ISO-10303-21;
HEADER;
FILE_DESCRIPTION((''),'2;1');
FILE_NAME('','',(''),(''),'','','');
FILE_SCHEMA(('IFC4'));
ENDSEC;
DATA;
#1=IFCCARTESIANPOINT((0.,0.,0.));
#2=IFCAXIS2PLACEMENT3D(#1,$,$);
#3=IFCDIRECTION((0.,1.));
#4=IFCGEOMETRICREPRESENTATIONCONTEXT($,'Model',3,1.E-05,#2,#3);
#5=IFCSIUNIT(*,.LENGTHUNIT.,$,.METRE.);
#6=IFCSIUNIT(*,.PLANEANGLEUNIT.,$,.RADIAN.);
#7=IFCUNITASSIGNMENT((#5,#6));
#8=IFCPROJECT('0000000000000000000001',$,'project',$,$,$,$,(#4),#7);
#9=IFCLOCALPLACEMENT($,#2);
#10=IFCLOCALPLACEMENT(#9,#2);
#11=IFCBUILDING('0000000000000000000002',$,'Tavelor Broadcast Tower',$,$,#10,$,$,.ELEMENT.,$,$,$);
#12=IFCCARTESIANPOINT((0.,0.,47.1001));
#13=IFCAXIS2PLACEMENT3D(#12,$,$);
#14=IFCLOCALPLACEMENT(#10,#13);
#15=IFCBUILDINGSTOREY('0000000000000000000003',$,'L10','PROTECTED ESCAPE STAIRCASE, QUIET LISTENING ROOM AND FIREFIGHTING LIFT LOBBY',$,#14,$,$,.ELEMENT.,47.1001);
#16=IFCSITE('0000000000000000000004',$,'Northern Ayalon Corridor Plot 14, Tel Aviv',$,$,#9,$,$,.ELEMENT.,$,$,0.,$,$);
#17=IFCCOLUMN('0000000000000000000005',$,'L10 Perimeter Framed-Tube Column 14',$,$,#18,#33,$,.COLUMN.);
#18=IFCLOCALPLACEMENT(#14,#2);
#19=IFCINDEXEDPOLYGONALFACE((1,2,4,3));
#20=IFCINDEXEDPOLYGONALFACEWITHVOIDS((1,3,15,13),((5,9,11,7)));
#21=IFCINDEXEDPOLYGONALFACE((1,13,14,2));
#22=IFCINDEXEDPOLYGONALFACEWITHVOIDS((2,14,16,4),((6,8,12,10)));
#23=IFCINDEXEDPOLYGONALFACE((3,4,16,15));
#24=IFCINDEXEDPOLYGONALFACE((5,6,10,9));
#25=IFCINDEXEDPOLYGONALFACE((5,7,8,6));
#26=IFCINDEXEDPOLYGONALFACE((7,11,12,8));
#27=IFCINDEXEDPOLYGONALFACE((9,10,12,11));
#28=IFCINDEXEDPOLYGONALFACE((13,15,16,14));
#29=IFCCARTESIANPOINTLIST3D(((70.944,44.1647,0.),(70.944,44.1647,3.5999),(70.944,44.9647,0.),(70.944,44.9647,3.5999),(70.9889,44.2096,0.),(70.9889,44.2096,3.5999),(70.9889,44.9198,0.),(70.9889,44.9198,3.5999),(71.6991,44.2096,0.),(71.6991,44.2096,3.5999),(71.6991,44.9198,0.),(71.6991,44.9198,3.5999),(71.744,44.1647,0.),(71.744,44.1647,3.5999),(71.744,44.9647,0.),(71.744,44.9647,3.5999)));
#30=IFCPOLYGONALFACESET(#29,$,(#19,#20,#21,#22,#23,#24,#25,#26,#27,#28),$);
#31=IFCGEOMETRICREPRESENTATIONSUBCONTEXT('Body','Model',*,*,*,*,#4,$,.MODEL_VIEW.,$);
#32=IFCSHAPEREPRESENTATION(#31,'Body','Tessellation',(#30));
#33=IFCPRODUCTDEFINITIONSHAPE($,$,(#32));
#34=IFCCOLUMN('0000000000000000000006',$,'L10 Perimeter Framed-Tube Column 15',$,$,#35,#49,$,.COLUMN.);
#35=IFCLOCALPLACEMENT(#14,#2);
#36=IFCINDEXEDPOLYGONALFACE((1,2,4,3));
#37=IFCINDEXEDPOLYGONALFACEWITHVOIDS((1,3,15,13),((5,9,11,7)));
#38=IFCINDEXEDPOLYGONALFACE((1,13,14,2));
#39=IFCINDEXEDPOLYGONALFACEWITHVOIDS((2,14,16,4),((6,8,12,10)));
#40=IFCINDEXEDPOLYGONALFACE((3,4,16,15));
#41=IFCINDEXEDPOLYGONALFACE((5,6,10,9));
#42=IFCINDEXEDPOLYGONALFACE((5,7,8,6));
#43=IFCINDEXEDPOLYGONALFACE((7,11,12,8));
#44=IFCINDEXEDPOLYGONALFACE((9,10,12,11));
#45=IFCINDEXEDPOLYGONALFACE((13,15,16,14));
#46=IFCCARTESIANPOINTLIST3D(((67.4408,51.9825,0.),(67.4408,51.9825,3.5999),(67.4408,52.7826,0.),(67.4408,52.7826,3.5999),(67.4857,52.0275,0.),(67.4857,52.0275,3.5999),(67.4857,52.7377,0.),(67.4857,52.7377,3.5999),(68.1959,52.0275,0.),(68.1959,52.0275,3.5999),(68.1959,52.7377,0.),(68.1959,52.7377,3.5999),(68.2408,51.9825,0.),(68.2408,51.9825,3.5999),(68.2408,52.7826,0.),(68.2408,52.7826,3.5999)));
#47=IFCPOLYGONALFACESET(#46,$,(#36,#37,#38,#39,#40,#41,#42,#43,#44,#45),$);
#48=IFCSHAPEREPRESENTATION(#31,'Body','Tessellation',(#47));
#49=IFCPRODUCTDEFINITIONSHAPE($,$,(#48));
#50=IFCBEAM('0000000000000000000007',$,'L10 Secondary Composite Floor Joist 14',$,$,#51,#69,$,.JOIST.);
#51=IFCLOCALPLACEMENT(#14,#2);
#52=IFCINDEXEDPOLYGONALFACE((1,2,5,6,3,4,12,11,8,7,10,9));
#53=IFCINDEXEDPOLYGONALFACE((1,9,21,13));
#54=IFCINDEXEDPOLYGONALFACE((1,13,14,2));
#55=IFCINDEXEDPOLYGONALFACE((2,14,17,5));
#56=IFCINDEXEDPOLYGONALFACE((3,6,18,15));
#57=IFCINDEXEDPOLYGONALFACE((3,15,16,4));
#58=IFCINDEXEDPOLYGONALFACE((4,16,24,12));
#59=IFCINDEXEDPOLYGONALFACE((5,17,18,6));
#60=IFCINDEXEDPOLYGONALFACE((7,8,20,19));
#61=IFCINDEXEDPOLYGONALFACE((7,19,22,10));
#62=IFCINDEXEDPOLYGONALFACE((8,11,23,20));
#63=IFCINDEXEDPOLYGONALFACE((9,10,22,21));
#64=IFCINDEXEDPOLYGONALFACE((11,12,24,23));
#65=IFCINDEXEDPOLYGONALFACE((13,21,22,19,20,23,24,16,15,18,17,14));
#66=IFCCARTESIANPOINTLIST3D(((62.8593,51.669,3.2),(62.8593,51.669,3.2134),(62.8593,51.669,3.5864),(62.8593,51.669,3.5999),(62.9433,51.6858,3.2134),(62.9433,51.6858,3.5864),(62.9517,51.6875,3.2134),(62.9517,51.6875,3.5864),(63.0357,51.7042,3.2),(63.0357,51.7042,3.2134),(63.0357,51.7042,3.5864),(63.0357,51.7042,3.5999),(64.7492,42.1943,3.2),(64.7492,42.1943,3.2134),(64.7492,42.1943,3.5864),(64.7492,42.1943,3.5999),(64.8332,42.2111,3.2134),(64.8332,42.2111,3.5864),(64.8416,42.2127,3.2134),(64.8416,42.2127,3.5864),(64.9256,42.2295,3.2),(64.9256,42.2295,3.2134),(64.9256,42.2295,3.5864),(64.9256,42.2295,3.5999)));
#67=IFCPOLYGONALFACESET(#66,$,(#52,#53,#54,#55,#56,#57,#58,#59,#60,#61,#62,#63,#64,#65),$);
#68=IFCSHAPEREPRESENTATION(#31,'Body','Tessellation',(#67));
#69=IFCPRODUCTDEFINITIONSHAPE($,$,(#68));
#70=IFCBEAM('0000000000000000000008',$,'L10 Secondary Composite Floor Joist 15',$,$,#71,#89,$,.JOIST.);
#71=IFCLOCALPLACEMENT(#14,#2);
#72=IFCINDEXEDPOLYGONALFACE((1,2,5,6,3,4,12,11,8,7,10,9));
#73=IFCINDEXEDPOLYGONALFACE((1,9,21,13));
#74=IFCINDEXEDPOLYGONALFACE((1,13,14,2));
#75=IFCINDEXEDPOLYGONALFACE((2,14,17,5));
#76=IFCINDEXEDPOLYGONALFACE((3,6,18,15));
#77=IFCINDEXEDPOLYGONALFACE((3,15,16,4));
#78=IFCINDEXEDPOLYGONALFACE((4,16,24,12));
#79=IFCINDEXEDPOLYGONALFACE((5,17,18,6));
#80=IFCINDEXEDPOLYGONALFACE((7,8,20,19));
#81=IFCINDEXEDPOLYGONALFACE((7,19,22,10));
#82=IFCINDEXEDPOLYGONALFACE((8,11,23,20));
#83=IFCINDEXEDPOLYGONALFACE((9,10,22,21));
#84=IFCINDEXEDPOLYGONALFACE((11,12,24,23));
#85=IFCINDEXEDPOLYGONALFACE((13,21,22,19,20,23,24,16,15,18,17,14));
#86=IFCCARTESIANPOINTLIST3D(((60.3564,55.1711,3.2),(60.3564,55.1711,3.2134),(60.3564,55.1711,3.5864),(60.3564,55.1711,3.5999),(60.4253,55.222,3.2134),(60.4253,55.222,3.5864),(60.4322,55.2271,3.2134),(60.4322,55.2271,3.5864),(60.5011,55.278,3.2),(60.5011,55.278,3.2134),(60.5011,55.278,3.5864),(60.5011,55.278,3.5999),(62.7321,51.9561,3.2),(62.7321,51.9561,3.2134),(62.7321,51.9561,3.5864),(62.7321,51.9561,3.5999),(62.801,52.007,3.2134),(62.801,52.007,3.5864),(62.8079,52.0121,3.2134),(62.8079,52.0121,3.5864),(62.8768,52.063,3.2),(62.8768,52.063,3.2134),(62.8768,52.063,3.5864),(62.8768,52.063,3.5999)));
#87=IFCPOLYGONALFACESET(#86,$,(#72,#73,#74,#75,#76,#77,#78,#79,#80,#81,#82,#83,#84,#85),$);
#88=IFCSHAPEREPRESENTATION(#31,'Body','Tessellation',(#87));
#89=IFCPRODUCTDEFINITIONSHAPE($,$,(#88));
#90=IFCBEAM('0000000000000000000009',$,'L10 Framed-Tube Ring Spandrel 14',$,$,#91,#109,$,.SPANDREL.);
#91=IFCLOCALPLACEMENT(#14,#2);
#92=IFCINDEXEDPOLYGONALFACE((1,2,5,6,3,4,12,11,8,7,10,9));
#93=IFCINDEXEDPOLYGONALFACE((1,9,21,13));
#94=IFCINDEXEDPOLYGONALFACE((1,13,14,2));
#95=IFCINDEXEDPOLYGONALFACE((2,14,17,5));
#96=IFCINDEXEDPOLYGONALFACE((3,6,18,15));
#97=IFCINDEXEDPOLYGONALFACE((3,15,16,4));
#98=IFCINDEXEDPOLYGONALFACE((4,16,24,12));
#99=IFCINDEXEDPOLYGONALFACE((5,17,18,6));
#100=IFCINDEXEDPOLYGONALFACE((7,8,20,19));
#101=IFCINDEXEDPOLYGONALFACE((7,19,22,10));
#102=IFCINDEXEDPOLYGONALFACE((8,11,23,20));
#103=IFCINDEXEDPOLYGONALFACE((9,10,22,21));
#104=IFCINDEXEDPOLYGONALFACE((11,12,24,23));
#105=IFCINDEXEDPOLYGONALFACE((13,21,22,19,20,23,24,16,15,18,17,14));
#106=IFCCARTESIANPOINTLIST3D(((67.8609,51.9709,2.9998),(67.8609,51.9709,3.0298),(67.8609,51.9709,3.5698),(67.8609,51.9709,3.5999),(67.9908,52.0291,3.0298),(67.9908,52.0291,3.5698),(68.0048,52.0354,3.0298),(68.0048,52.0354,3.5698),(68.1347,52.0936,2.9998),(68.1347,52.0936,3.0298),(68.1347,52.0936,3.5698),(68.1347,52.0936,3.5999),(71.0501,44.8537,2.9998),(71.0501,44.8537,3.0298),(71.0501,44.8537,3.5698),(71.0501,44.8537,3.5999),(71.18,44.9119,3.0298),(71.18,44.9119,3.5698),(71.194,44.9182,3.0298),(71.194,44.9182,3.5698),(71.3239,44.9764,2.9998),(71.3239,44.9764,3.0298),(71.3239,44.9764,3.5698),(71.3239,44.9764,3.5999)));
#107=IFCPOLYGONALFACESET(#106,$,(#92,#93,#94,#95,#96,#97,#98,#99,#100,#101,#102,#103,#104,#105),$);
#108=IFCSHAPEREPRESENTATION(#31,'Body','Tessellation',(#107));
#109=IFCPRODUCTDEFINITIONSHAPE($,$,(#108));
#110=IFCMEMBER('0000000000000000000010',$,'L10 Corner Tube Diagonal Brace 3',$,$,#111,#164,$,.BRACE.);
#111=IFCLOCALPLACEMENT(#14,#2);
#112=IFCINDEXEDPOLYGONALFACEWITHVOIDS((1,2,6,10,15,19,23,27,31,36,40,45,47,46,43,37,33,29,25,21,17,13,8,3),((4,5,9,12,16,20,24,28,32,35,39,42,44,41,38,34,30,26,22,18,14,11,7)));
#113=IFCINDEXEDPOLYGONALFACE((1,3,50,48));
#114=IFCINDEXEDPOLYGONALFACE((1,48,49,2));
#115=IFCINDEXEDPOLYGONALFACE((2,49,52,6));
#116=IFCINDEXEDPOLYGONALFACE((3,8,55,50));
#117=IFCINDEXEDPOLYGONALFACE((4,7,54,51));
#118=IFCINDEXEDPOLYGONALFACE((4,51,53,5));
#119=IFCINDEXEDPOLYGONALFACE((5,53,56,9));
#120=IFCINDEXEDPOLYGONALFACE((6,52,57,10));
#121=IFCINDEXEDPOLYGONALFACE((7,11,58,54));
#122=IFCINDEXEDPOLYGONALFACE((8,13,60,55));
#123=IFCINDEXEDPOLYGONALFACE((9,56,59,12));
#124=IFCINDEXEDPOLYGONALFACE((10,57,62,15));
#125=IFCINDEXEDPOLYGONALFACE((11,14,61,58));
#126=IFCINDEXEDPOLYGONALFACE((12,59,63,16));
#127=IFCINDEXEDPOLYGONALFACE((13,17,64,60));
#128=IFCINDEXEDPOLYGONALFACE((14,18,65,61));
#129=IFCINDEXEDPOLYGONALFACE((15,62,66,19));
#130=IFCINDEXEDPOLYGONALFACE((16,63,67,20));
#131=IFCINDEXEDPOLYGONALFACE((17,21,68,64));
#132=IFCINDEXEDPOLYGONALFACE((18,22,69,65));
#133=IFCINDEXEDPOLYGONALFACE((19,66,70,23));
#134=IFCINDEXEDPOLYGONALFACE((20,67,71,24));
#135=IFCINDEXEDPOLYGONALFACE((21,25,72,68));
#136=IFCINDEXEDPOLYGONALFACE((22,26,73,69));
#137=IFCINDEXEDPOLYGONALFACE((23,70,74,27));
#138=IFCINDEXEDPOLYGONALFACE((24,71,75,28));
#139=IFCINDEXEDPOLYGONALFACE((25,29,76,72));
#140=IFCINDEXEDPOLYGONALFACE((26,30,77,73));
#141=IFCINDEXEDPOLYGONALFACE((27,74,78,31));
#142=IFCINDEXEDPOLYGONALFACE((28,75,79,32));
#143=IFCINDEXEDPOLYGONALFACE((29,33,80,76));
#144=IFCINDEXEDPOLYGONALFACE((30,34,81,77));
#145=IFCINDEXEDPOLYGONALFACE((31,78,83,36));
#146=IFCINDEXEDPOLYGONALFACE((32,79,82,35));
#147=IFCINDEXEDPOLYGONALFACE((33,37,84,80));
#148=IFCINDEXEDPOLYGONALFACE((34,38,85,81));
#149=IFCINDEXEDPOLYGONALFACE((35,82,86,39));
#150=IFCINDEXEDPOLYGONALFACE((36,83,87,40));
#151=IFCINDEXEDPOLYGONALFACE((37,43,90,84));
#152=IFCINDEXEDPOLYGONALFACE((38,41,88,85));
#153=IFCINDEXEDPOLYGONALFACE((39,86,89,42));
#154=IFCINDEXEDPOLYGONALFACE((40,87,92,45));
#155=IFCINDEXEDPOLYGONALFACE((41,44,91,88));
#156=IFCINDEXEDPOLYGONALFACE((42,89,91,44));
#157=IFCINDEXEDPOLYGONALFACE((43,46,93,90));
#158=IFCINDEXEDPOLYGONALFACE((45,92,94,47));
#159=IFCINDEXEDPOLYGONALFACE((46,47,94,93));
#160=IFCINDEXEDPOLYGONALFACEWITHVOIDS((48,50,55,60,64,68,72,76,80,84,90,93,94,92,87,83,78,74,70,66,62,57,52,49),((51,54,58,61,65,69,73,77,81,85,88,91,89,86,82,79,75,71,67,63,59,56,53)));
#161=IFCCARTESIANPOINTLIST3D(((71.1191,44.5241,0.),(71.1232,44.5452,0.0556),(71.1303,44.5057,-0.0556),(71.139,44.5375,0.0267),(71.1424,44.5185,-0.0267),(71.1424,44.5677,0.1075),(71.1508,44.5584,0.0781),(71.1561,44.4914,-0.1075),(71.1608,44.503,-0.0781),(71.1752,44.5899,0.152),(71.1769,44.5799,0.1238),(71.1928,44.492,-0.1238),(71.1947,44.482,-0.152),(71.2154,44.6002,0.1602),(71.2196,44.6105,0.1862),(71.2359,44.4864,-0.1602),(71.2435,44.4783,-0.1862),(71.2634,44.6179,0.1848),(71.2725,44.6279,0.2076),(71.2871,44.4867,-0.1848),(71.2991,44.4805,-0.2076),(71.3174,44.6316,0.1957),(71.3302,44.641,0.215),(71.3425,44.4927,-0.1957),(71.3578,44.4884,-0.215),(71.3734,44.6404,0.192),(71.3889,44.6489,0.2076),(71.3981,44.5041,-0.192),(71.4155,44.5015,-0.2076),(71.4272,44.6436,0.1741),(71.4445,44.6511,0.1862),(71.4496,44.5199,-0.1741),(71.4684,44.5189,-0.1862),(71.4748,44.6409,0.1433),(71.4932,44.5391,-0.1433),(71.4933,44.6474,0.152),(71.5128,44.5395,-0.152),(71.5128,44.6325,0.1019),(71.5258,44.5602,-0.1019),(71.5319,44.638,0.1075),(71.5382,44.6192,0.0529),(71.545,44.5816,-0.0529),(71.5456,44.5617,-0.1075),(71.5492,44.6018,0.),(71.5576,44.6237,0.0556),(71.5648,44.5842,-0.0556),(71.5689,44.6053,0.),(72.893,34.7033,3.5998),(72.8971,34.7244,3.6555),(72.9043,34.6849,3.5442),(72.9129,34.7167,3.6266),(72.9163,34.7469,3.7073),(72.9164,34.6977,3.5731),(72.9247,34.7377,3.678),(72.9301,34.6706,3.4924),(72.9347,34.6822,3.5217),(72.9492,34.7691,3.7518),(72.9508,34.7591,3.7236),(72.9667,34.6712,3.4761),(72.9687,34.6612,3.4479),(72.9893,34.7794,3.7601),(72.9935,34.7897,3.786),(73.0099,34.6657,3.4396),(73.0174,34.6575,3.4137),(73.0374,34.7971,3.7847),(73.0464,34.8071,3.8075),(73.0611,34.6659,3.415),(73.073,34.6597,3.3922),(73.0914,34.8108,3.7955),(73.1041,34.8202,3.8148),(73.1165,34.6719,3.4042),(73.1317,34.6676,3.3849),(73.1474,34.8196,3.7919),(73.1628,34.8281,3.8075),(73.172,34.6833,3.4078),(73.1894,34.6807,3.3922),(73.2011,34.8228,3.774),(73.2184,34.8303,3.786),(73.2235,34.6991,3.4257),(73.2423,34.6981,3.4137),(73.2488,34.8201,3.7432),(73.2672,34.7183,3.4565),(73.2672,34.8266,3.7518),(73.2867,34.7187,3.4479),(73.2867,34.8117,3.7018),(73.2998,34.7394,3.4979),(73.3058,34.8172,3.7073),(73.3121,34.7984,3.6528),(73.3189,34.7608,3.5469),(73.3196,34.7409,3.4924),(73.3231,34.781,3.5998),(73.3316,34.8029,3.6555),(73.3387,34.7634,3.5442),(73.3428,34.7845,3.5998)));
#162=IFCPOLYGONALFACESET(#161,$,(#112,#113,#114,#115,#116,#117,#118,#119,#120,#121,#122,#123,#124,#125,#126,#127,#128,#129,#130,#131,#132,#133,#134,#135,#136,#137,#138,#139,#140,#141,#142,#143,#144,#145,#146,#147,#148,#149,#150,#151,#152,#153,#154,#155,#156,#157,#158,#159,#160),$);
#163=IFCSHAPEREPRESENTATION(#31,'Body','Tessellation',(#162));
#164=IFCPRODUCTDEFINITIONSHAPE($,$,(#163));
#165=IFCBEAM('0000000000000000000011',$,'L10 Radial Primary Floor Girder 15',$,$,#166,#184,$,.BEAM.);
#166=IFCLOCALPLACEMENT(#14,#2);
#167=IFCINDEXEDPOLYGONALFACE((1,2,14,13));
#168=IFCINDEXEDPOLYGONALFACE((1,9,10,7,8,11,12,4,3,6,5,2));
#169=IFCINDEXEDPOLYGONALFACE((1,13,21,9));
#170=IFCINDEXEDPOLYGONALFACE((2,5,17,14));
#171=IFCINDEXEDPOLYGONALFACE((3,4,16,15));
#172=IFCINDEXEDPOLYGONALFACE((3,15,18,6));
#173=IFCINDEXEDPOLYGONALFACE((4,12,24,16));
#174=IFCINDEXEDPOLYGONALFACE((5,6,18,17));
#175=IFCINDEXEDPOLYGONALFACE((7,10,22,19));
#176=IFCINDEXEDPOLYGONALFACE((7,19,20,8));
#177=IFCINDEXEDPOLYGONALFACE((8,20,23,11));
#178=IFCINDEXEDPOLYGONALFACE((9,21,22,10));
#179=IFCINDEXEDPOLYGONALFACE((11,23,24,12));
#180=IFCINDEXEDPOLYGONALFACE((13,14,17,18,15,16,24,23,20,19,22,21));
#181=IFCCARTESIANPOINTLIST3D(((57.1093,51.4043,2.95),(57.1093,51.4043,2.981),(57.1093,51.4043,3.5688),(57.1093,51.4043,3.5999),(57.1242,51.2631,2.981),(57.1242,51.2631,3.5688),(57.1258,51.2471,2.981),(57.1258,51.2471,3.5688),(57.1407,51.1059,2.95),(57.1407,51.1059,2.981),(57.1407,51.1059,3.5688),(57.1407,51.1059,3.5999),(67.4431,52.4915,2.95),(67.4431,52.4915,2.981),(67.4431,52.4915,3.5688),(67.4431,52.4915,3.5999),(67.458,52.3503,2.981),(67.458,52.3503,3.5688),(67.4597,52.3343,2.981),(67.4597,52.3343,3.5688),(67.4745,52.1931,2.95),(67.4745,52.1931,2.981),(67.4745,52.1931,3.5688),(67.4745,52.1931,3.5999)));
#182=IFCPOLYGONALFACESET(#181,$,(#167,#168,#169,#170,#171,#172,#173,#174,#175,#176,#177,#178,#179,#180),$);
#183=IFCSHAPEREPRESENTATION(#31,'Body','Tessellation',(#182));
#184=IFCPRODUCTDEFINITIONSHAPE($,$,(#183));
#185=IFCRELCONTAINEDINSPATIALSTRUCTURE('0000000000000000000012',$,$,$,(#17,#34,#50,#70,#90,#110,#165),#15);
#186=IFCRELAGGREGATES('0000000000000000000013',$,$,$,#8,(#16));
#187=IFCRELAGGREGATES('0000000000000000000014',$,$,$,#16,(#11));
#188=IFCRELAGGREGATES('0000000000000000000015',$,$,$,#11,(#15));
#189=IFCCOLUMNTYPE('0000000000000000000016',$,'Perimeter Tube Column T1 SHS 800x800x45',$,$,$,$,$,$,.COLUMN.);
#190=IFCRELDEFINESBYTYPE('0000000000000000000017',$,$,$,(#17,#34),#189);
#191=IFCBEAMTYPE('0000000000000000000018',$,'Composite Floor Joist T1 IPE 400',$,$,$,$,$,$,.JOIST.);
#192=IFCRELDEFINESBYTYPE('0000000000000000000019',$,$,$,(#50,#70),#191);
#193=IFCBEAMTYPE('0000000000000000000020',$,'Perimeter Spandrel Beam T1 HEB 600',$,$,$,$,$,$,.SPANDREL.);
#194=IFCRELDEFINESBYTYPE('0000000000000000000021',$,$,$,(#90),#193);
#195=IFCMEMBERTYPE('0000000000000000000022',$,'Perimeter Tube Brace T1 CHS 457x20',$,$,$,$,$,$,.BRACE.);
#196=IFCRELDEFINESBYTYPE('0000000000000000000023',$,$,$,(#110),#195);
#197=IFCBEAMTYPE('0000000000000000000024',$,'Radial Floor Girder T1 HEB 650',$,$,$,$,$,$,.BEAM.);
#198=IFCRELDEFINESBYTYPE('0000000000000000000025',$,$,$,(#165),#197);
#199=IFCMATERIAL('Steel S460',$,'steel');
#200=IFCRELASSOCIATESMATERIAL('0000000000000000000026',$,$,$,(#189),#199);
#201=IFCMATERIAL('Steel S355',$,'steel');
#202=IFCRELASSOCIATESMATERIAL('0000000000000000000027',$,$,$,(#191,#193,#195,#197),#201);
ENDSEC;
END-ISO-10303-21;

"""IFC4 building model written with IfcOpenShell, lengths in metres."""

from ifc_helpers import new_model, si_unit, direction, frame, origin, origin_2d, place, context, subcontext, project, spatial, hollow_rectangle, hollow_circle, i_section, extrude, material, material_profile, profile_set, type_object, element, save


model = new_model("IFC4")

# Units and contexts
model_context = context("Model", 3, precision=1e-05, world=origin(), true_north=direction((0.0, 1.0)))
body_context = subcontext(model_context, "Body", "Model", "MODEL_VIEW")
ifc_project = project(units=[si_unit("LENGTHUNIT", "METRE"), si_unit("PLANEANGLEUNIT", "RADIAN")], contexts=[model_context])

# Site, building, storey
site_placement = place(None, origin())
site = spatial("IfcSite", under=ifc_project, at=site_placement, Name="Northern Ayalon Corridor Plot 14, Tel Aviv", CompositionType="ELEMENT", RefElevation=0.0)
building_placement = place(site_placement, origin())
building = spatial("IfcBuilding", under=site, at=building_placement, Name="Tavelor Broadcast Tower", CompositionType="ELEMENT")
storey_placement = place(building_placement, frame((0.0, 0.0, 47.1001)))
storey = spatial("IfcBuildingStorey", under=building, at=storey_placement, Name="L10", Description="PROTECTED ESCAPE STAIRCASE, QUIET LISTENING ROOM AND FIREFIGHTING LIFT LOBBY", CompositionType="ELEMENT", Elevation=47.1001)

# Columns
ifc_material_1 = material(Name="Steel S460", Category="steel")
ifc_material_profile_1 = material_profile(ifc_material_1, hollow_rectangle(XDim=0.8, YDim=0.8, WallThickness=0.0449, at=origin_2d()), Name="SHS 800x800x45")
ifc_profile_set_1 = profile_set([ifc_material_profile_1], Name="Steel S460")
column_type = type_object("IfcColumnType", Name="Perimeter Tube Column T1 SHS 800x800x45", PredefinedType="COLUMN", material=ifc_profile_set_1)
for number, where, z_axis, x_axis, name in (
    (1, (71.344, 44.5647, 0.0), (0.0, 0.0, 1.0), (1.0, 0.0, 0.0), "L10 Perimeter Framed-Tube Column 14"),
    (2, (67.8408, 52.3826, 0.0), (0.0, 0.0, 1.0), (1.0, 0.0, 0.0), "L10 Perimeter Framed-Tube Column 15"),
):
    element("IfcColumn", number, at=place(storey_placement, frame(where, z_axis=z_axis, x_axis=x_axis)), inside=storey, type_object=column_type, Name=name, PredefinedType="COLUMN", context=body_context, shape_type="SweptSolid", body=[
        extrude(hollow_rectangle(XDim=0.8, YDim=0.8, WallThickness=0.0449, at=origin_2d()), origin(), (0.0, 0.0, 1.0), 3.5999),
    ])

# Beams
ifc_material_2 = material(Name="Steel S355", Category="steel")
ifc_material_profile_2 = material_profile(ifc_material_2, i_section(OverallWidth=0.1799, OverallDepth=0.3999, WebThickness=0.0085, FlangeThickness=0.0134, at=origin_2d()), Name="IPE 400")
ifc_profile_set_2 = profile_set([ifc_material_profile_2], Name="Steel S355")
beam_type_1 = type_object("IfcBeamType", Name="Composite Floor Joist T1 IPE 400", PredefinedType="JOIST", material=ifc_profile_set_2)
beam_1_placement = place(storey_placement, frame((64.8374, 42.2119, 3.3999), z_axis=(-0.195616, 0.980681, 0.0), x_axis=(-0.980681, -0.195616, 0.0)))
element("IfcBeam", 3, at=beam_1_placement, inside=storey, type_object=beam_type_1, Name="L10 Secondary Composite Floor Joist 14", PredefinedType="JOIST", context=body_context, shape_type="SweptSolid", body=[
    extrude(i_section(OverallWidth=0.1799, OverallDepth=0.3999, WebThickness=0.0085, FlangeThickness=0.0134, at=origin_2d()), origin(), (0.0, 0.0, 1.0), 9.6614),
])
beam_2_placement = place(storey_placement, frame((62.8044, 52.0095, 3.3999), z_axis=(-0.594288, 0.804252, 0.0), x_axis=(-0.804252, -0.594288, 0.0)))
element("IfcBeam", 4, at=beam_2_placement, inside=storey, type_object=beam_type_1, Name="L10 Secondary Composite Floor Joist 15", PredefinedType="JOIST", context=body_context, shape_type="SweptSolid", body=[
    extrude(i_section(OverallWidth=0.1799, OverallDepth=0.3999, WebThickness=0.0085, FlangeThickness=0.0134, at=origin_2d()), origin(), (0.0, 0.0, 1.0), 3.9976),
])
ifc_material_profile_3 = material_profile(ifc_material_2, i_section(OverallWidth=0.3, OverallDepth=0.6001, WebThickness=0.0154, FlangeThickness=0.03, at=origin_2d()), Name="HEB 600")
ifc_profile_set_3 = profile_set([ifc_material_profile_3], Name="Steel S355")
beam_type_2 = type_object("IfcBeamType", Name="Perimeter Spandrel Beam T1 HEB 600", PredefinedType="SPANDREL", material=ifc_profile_set_3)
beam_3_placement = place(storey_placement, frame((71.187, 44.915, 3.2998), z_axis=(-0.408922, 0.912569, 0.0), x_axis=(-0.912569, -0.408922, 0.0)))
element("IfcBeam", 5, at=beam_3_placement, inside=storey, type_object=beam_type_2, Name="L10 Framed-Tube Ring Spandrel 14", PredefinedType="SPANDREL", context=body_context, shape_type="SweptSolid", body=[
    extrude(i_section(OverallWidth=0.3, OverallDepth=0.6001, WebThickness=0.0154, FlangeThickness=0.03, at=origin_2d()), origin(), (0.0, 0.0, 1.0), 7.7991),
])

# Member
ifc_material_profile_4 = material_profile(ifc_material_2, hollow_circle(Radius=0.2285, WallThickness=0.02, at=origin_2d()), Name="CHS 457x20")
ifc_profile_set_4 = profile_set([ifc_material_profile_4], Name="Steel S355")
member_type_1 = type_object("IfcMemberType", Name="Perimeter Tube Brace T1 CHS 457x20", PredefinedType="BRACE", material=ifc_profile_set_4)
member_1_placement = place(storey_placement, frame((71.344, 44.5647, 0.0), z_axis=(0.167207, -0.925692, 0.339316), x_axis=(0.984075, 0.177753, 0.0)))
element("IfcMember", 6, at=member_1_placement, inside=storey, type_object=member_type_1, Name="L10 Corner Tube Diagonal Brace 3", PredefinedType="BRACE", context=body_context, shape_type="SweptSolid", body=[
    extrude(hollow_circle(Radius=0.2285, WallThickness=0.02, at=origin_2d()), origin(), (0.0, 0.0, 1.0), 10.6091),
])

# Beam
ifc_material_profile_5 = material_profile(ifc_material_2, i_section(OverallWidth=0.3, OverallDepth=0.6499, WebThickness=0.0161, FlangeThickness=0.031, at=origin_2d()), Name="HEB 650")
ifc_profile_set_5 = profile_set([ifc_material_profile_5], Name="Steel S355")
beam_type_3 = type_object("IfcBeamType", Name="Radial Floor Girder T1 HEB 650", PredefinedType="BEAM", material=ifc_profile_set_5)
beam_4_placement = place(storey_placement, frame((57.125, 51.2551, 3.2749), z_axis=(0.994512, 0.104627, 0.0), x_axis=(-0.104627, 0.994512, 0.0)))
element("IfcBeam", 7, at=beam_4_placement, inside=storey, type_object=beam_type_3, Name="L10 Radial Primary Floor Girder 15", PredefinedType="BEAM", context=body_context, shape_type="SweptSolid", body=[
    extrude(i_section(OverallWidth=0.3, OverallDepth=0.6499, WebThickness=0.0161, FlangeThickness=0.031, at=origin_2d()), origin(), (0.0, 0.0, 1.0), 10.3909),
])

save(model, "model.ifc")
